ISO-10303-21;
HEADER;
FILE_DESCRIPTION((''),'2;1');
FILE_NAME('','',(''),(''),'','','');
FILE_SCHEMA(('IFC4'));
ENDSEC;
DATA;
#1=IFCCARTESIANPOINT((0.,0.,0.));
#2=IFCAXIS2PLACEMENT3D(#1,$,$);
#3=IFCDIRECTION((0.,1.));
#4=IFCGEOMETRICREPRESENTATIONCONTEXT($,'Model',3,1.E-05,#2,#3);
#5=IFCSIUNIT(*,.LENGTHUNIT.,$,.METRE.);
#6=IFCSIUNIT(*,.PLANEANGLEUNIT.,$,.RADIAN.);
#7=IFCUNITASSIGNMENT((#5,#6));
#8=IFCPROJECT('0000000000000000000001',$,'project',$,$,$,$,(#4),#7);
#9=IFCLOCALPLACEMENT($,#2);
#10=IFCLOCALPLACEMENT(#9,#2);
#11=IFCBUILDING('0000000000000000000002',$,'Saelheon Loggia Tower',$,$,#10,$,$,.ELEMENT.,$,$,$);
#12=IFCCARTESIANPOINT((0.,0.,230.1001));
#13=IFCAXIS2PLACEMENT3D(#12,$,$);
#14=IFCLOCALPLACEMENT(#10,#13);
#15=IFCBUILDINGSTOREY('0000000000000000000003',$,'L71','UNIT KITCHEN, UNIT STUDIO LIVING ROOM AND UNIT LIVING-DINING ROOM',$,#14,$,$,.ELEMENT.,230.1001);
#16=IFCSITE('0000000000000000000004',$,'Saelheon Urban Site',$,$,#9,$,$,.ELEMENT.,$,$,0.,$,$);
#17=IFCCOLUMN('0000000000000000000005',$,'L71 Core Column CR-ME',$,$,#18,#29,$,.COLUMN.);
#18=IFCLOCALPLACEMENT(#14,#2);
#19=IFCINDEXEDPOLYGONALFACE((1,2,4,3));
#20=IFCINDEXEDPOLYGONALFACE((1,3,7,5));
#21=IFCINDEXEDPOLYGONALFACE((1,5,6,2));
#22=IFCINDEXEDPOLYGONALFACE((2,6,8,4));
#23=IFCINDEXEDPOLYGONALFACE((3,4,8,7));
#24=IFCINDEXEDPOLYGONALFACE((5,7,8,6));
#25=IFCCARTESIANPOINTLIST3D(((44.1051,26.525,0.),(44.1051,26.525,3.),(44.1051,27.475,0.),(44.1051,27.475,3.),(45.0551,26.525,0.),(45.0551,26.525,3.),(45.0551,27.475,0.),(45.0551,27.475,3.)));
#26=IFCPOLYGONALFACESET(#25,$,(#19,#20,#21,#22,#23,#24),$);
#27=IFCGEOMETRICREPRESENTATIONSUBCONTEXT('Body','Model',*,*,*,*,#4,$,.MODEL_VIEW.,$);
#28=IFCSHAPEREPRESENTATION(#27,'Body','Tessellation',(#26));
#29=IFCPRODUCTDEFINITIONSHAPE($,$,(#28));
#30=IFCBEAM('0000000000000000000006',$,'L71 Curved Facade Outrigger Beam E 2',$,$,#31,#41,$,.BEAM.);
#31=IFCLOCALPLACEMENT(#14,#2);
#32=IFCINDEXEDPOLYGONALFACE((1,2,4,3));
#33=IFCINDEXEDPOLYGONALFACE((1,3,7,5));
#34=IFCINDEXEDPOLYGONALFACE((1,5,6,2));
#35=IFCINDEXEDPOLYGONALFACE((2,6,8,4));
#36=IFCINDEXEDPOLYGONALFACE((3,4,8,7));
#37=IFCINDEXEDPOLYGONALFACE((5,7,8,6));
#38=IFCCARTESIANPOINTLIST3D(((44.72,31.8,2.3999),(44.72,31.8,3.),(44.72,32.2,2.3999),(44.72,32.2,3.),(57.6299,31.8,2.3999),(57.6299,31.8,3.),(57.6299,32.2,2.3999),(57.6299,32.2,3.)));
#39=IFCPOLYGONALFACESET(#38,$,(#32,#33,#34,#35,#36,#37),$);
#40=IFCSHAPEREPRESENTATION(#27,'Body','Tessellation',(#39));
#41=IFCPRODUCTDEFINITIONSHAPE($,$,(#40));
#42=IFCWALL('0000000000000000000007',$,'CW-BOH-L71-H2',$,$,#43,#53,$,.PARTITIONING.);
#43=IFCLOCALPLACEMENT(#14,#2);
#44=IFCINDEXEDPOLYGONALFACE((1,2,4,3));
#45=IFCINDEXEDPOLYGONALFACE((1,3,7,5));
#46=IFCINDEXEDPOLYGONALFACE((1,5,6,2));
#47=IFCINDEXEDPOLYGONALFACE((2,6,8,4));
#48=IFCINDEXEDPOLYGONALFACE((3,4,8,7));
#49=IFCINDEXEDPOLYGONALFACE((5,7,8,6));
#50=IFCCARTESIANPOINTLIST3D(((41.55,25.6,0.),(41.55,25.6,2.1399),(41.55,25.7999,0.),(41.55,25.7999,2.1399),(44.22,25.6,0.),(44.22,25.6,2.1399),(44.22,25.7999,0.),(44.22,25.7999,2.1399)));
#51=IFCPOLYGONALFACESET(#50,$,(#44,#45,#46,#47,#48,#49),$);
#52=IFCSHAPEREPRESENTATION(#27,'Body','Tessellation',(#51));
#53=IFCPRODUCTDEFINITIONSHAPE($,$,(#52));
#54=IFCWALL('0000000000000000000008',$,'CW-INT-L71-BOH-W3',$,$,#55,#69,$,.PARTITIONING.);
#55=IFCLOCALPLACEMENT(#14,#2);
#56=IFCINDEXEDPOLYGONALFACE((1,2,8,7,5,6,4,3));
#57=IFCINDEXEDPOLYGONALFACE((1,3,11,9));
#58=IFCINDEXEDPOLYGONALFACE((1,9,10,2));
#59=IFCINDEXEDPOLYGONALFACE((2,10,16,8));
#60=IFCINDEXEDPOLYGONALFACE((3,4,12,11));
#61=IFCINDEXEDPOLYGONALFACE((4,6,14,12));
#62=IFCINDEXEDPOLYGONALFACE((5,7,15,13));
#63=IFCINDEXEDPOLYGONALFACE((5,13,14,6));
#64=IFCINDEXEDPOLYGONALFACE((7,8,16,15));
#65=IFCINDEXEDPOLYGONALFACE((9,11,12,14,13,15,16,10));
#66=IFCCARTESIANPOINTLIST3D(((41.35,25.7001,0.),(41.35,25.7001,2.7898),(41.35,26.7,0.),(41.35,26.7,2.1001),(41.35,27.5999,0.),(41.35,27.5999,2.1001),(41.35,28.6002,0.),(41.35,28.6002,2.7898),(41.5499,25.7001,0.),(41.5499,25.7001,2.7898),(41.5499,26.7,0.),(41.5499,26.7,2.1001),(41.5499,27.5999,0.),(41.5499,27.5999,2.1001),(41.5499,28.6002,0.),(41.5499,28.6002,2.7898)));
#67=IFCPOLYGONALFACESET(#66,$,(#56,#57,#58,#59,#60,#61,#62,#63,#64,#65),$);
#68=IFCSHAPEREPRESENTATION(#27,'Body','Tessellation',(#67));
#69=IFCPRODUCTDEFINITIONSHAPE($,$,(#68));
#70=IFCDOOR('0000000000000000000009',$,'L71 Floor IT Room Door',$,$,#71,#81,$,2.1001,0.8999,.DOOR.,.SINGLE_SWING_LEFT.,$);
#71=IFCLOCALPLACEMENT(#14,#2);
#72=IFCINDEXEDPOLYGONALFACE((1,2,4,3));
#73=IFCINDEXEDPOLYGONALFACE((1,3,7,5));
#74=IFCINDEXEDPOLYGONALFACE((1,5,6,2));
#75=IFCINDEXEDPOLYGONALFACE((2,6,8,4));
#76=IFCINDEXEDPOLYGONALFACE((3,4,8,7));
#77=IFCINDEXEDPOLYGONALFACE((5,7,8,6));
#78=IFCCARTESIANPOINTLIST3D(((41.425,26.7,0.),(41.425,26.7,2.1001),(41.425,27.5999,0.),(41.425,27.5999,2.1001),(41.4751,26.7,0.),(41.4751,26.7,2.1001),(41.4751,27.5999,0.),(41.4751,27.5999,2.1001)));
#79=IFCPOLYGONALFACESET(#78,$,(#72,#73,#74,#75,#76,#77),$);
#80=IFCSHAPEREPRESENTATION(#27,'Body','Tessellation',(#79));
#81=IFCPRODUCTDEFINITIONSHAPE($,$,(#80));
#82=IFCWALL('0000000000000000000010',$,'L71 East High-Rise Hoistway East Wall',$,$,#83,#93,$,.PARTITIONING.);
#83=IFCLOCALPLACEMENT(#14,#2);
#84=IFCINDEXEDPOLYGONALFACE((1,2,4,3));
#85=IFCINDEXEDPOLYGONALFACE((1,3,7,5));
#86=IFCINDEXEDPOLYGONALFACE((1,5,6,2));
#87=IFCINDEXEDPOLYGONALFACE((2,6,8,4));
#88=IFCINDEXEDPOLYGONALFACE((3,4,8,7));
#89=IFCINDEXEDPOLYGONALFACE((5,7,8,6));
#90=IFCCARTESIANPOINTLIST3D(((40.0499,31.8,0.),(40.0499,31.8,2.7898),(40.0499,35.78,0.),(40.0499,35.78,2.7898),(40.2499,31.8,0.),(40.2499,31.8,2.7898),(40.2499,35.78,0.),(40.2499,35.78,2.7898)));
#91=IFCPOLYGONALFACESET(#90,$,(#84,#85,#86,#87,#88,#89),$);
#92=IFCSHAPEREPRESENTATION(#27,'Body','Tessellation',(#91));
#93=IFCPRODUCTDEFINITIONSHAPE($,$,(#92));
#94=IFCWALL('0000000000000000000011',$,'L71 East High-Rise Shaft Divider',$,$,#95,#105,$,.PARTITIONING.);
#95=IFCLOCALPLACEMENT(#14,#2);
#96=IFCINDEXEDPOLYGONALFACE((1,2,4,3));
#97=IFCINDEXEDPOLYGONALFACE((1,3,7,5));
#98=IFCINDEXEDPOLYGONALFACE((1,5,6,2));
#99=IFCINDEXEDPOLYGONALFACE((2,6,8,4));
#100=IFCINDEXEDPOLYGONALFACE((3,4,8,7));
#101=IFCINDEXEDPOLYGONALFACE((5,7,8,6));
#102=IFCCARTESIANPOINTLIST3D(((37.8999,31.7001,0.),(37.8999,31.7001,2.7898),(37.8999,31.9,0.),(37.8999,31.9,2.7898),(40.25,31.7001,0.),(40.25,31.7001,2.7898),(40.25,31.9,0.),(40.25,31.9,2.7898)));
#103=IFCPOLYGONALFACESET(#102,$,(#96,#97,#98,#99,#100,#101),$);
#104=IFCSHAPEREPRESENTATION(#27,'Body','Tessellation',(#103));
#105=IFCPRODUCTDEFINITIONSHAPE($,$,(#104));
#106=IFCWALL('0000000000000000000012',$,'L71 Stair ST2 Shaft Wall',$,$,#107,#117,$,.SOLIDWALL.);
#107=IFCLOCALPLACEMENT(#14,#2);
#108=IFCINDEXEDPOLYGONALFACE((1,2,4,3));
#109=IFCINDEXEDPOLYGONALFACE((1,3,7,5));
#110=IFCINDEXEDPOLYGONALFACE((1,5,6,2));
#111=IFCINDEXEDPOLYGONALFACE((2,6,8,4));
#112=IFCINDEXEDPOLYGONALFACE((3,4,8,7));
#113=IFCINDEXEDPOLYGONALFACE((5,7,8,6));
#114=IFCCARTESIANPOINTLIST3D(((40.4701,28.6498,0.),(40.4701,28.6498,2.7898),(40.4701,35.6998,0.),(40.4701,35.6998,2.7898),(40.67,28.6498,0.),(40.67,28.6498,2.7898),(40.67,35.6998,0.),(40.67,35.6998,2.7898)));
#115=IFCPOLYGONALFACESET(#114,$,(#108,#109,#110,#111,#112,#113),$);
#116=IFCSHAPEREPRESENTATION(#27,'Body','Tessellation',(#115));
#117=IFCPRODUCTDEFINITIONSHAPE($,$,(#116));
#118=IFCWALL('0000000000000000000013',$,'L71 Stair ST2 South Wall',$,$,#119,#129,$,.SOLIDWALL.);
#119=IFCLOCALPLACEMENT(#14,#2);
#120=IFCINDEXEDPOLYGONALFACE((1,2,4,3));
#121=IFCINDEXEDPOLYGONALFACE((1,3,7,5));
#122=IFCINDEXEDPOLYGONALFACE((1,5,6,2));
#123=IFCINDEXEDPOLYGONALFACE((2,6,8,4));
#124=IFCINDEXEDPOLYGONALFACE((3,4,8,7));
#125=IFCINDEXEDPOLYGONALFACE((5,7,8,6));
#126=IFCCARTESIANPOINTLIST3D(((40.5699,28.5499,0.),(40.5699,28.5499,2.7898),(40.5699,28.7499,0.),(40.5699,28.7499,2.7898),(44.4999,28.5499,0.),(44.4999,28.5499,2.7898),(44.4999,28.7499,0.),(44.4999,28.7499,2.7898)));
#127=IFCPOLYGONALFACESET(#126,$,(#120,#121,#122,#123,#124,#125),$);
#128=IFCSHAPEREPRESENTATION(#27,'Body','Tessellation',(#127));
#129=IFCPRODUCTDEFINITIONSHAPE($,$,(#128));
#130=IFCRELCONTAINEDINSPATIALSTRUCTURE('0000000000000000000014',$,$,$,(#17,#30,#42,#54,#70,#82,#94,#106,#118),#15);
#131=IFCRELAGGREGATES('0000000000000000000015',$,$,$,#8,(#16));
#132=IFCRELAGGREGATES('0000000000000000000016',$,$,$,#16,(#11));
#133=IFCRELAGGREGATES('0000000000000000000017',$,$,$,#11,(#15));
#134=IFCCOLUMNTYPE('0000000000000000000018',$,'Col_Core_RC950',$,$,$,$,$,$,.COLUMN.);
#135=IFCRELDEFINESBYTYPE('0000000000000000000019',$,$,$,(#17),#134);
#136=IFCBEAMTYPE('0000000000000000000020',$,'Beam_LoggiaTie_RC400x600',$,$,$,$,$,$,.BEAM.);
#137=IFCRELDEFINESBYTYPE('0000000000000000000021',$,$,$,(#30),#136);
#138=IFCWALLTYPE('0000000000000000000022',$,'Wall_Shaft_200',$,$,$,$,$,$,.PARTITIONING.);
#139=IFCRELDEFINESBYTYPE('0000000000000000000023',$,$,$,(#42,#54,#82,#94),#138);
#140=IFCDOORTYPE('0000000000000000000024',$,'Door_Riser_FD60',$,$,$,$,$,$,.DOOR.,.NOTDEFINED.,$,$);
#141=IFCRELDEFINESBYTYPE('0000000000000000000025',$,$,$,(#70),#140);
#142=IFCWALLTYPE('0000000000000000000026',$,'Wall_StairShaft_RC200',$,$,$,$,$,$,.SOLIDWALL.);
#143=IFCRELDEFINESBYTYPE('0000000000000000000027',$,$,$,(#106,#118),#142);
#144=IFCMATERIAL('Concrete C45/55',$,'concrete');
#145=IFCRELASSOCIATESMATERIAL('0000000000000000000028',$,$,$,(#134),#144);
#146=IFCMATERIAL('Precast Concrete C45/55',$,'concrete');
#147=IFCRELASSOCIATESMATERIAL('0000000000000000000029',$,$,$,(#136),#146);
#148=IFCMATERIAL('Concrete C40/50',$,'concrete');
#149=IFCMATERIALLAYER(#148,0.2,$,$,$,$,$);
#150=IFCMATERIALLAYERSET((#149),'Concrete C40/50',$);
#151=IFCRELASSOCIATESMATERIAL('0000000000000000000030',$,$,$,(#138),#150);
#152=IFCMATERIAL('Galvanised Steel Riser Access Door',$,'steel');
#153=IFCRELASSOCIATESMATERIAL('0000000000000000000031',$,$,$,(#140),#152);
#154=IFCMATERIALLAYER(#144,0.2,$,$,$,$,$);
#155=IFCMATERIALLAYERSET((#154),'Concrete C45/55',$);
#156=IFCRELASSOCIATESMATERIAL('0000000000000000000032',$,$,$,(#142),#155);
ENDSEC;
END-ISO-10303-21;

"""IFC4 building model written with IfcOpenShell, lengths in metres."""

from ifc_helpers import new_model, si_unit, direction, frame, frame_2d, origin, origin_2d, place, context, subcontext, project, spatial, rectangle, extrude, source, transform, mapped, material, layer, layer_set, material_profile, profile_set, type_object, element, fill, save


model = new_model("IFC4")

# Units and contexts
model_context = context("Model", 3, precision=1e-05, world=origin(), true_north=direction((0.0, 1.0)))
body_context = subcontext(model_context, "Body", "Model", "MODEL_VIEW")
ifc_project = project(units=[si_unit("LENGTHUNIT", "METRE"), si_unit("PLANEANGLEUNIT", "RADIAN")], contexts=[model_context])

# Site, building, storey
site_placement = place(None, origin())
site = spatial("IfcSite", under=ifc_project, at=site_placement, Name="Saelheon Urban Site", CompositionType="ELEMENT", RefElevation=0.0)
building_placement = place(site_placement, origin())
building = spatial("IfcBuilding", under=site, at=building_placement, Name="Saelheon Loggia Tower", CompositionType="ELEMENT")
storey_placement = place(building_placement, frame((0.0, 0.0, 230.1001)))
storey = spatial("IfcBuildingStorey", under=building, at=storey_placement, Name="L71", Description="UNIT KITCHEN, UNIT STUDIO LIVING ROOM AND UNIT LIVING-DINING ROOM", CompositionType="ELEMENT", Elevation=230.1001)

# Column
ifc_material_1 = material(Name="Concrete C45/55", Category="concrete")
ifc_material_profile_1 = material_profile(ifc_material_1, rectangle(XDim=0.95, YDim=0.95, at=origin_2d()), Name="RC-950x950")
ifc_profile_set_1 = profile_set([ifc_material_profile_1], Name="Concrete C45/55")
column_type = type_object("IfcColumnType", Name="Col_Core_RC950", PredefinedType="COLUMN", material=ifc_profile_set_1)
shared_shape_1 = source(origin(), body_context, "Body", "SweptSolid", [
    extrude(rectangle(XDim=0.95, YDim=0.95, at=origin_2d()), origin(), (0.0, 0.0, 1.0), 3.0),
])
column_placement = place(storey_placement, frame((44.5801, 27.0, 0.0), z_axis=(0.0, 0.0, 1.0), x_axis=(1.0, 0.0, 0.0)))
element("IfcColumn", 1, at=column_placement, inside=storey, type_object=column_type, Name="L71 Core Column CR-ME", PredefinedType="COLUMN", context=body_context, shape_type="MappedRepresentation", body=[
    mapped(shared_shape_1, transform((0.0, 0.0, 0.0), scale=1.0)),
])

# Beam
ifc_material_2 = material(Name="Precast Concrete C45/55", Category="concrete")
ifc_material_profile_2 = material_profile(ifc_material_2, rectangle(XDim=0.3999, YDim=0.6001, at=origin_2d()), Name="RC-400x600")
ifc_profile_set_2 = profile_set([ifc_material_profile_2], Name="Precast Concrete C45/55")
beam_type = type_object("IfcBeamType", Name="Beam_LoggiaTie_RC400x600", PredefinedType="BEAM", material=ifc_profile_set_2)
shared_shape_2 = source(origin(), body_context, "Body", "SweptSolid", [
    extrude(rectangle(XDim=0.3999, YDim=0.6001, at=origin_2d()), origin(), (0.0, 0.0, 1.0), 12.9099),
])
beam_placement = place(storey_placement, frame((44.72, 32.0, 2.7), z_axis=(1.0, 0.0, 0.0), x_axis=(0.0, 1.0, 0.0)))
element("IfcBeam", 2, at=beam_placement, inside=storey, type_object=beam_type, Name="L71 Curved Facade Outrigger Beam E 2", PredefinedType="BEAM", context=body_context, shape_type="MappedRepresentation", body=[
    mapped(shared_shape_2, transform((0.0, 0.0, 0.0), scale=1.0)),
])

# Wall
ifc_material_3 = material(Name="Concrete C40/50", Category="concrete")
ifc_layer_1 = layer(ifc_material_3, 0.2)
ifc_layer_set_1 = layer_set([ifc_layer_1], Name="Concrete C40/50")
wall_type_1 = type_object("IfcWallType", Name="Wall_Shaft_200", PredefinedType="PARTITIONING", material=ifc_layer_set_1)
wall_1_placement = place(storey_placement, frame((41.55, 25.7, 0.0), z_axis=(0.0, 0.0, 1.0), x_axis=(1.0, 0.0, 0.0)))
element("IfcWall", 3, at=wall_1_placement, inside=storey, type_object=wall_type_1, Name="CW-BOH-L71-H2", PredefinedType="PARTITIONING", context=body_context, shape_type="SweptSolid", body=[
    extrude(rectangle(XDim=2.6699, YDim=0.2, at=frame_2d((1.335, 0.0))), origin(), (0.0, 0.0, 1.0), 2.1399),
])

# Wall, opening, door
wall_2_placement = place(storey_placement, frame((41.45, 25.7, 0.0), z_axis=(0.0, 0.0, 1.0), x_axis=(0.0, 1.0, 0.0)))
wall_2 = element("IfcWall", 4, at=wall_2_placement, inside=storey, type_object=wall_type_1, Name="CW-INT-L71-BOH-W3", PredefinedType="PARTITIONING", context=body_context, shape_type="SweptSolid", body=[
    extrude(rectangle(XDim=2.9001, YDim=0.2, at=frame_2d((1.4502, 0.0))), origin(), (0.0, 0.0, 1.0), 2.7898),
])
opening_placement = place(wall_2_placement, frame((1.0, 0.0, 0.0)))
opening = element("IfcOpeningElement", 5, at=opening_placement, cuts=wall_2, PredefinedType="OPENING", context=body_context, shape_type="SweptSolid", body=[
    extrude(rectangle(XDim=0.8999, YDim=2.1001, at=frame_2d((0.45, 1.05))), frame((0.0, 0.1121, 0.0), z_axis=(0.0, -1.0, 0.0), x_axis=(1.0, 0.0, 0.0)), (0.0, 0.0, 1.0), 0.2239),
])
ifc_material_4 = material(Name="Galvanised Steel Riser Access Door", Category="steel")
door_type = type_object("IfcDoorType", Name="Door_Riser_FD60", OperationType="NOTDEFINED", PredefinedType="DOOR", material=ifc_material_4)
shared_shape_3 = source(origin(), body_context, "Body", "SweptSolid", [
    extrude(rectangle(XDim=0.8999, YDim=2.1001, at=frame_2d((0.45, 1.05))), frame((0.0, 0.0249, 0.0), z_axis=(0.0, -1.0, 0.0), x_axis=(1.0, 0.0, 0.0)), (0.0, 0.0, 1.0), 0.05),
])
door_placement = place(opening_placement, origin())
door = element("IfcDoor", 6, at=door_placement, inside=storey, type_object=door_type, Name="L71 Floor IT Room Door", OperationType="SINGLE_SWING_LEFT", OverallHeight=2.1001, OverallWidth=0.8999, PredefinedType="DOOR", context=body_context, shape_type="MappedRepresentation", body=[
    mapped(shared_shape_3, transform((0.0, 0.0, 0.0), scale=1.0)),
])
fill(opening, door)

# Walls
wall_3_placement = place(storey_placement, frame((40.1499, 31.8, 0.0), z_axis=(0.0, 0.0, 1.0), x_axis=(0.0, 1.0, 0.0)))
element("IfcWall", 7, at=wall_3_placement, inside=storey, type_object=wall_type_1, Name="L71 East High-Rise Hoistway East Wall", PredefinedType="PARTITIONING", context=body_context, shape_type="SweptSolid", body=[
    extrude(rectangle(XDim=3.98, YDim=0.2, at=frame_2d((1.99, 0.0))), origin(), (0.0, 0.0, 1.0), 2.7898),
])
wall_4_placement = place(storey_placement, frame((37.8999, 31.8, 0.0), z_axis=(0.0, 0.0, 1.0), x_axis=(1.0, 0.0, 0.0)))
element("IfcWall", 8, at=wall_4_placement, inside=storey, type_object=wall_type_1, Name="L71 East High-Rise Shaft Divider", PredefinedType="PARTITIONING", context=body_context, shape_type="SweptSolid", body=[
    extrude(rectangle(XDim=2.3501, YDim=0.2, at=frame_2d((1.175, 0.0))), origin(), (0.0, 0.0, 1.0), 2.7898),
])
ifc_layer_2 = layer(ifc_material_1, 0.2)
ifc_layer_set_2 = layer_set([ifc_layer_2], Name="Concrete C45/55")
wall_type_2 = type_object("IfcWallType", Name="Wall_StairShaft_RC200", PredefinedType="SOLIDWALL", material=ifc_layer_set_2)
wall_5_placement = place(storey_placement, frame((40.5701, 28.6499, 0.0), z_axis=(0.0, 0.0, 1.0), x_axis=(0.0, 1.0, 0.0)))
element("IfcWall", 9, at=wall_5_placement, inside=storey, type_object=wall_type_2, Name="L71 Stair ST2 Shaft Wall", PredefinedType="SOLIDWALL", context=body_context, shape_type="SweptSolid", body=[
    extrude(rectangle(XDim=7.05, YDim=0.2, at=frame_2d((3.5249, 0.0))), origin(), (0.0, 0.0, 1.0), 2.7898),
])
wall_6_placement = place(storey_placement, frame((40.5701, 28.6499, 0.0), z_axis=(0.0, 0.0, 1.0), x_axis=(1.0, 0.0, 0.0)))
element("IfcWall", 10, at=wall_6_placement, inside=storey, type_object=wall_type_2, Name="L71 Stair ST2 South Wall", PredefinedType="SOLIDWALL", context=body_context, shape_type="SweptSolid", body=[
    extrude(rectangle(XDim=3.9299, YDim=0.2, at=frame_2d((1.9648, 0.0))), origin(), (0.0, 0.0, 1.0), 2.7898),
])

save(model, "model.ifc")
